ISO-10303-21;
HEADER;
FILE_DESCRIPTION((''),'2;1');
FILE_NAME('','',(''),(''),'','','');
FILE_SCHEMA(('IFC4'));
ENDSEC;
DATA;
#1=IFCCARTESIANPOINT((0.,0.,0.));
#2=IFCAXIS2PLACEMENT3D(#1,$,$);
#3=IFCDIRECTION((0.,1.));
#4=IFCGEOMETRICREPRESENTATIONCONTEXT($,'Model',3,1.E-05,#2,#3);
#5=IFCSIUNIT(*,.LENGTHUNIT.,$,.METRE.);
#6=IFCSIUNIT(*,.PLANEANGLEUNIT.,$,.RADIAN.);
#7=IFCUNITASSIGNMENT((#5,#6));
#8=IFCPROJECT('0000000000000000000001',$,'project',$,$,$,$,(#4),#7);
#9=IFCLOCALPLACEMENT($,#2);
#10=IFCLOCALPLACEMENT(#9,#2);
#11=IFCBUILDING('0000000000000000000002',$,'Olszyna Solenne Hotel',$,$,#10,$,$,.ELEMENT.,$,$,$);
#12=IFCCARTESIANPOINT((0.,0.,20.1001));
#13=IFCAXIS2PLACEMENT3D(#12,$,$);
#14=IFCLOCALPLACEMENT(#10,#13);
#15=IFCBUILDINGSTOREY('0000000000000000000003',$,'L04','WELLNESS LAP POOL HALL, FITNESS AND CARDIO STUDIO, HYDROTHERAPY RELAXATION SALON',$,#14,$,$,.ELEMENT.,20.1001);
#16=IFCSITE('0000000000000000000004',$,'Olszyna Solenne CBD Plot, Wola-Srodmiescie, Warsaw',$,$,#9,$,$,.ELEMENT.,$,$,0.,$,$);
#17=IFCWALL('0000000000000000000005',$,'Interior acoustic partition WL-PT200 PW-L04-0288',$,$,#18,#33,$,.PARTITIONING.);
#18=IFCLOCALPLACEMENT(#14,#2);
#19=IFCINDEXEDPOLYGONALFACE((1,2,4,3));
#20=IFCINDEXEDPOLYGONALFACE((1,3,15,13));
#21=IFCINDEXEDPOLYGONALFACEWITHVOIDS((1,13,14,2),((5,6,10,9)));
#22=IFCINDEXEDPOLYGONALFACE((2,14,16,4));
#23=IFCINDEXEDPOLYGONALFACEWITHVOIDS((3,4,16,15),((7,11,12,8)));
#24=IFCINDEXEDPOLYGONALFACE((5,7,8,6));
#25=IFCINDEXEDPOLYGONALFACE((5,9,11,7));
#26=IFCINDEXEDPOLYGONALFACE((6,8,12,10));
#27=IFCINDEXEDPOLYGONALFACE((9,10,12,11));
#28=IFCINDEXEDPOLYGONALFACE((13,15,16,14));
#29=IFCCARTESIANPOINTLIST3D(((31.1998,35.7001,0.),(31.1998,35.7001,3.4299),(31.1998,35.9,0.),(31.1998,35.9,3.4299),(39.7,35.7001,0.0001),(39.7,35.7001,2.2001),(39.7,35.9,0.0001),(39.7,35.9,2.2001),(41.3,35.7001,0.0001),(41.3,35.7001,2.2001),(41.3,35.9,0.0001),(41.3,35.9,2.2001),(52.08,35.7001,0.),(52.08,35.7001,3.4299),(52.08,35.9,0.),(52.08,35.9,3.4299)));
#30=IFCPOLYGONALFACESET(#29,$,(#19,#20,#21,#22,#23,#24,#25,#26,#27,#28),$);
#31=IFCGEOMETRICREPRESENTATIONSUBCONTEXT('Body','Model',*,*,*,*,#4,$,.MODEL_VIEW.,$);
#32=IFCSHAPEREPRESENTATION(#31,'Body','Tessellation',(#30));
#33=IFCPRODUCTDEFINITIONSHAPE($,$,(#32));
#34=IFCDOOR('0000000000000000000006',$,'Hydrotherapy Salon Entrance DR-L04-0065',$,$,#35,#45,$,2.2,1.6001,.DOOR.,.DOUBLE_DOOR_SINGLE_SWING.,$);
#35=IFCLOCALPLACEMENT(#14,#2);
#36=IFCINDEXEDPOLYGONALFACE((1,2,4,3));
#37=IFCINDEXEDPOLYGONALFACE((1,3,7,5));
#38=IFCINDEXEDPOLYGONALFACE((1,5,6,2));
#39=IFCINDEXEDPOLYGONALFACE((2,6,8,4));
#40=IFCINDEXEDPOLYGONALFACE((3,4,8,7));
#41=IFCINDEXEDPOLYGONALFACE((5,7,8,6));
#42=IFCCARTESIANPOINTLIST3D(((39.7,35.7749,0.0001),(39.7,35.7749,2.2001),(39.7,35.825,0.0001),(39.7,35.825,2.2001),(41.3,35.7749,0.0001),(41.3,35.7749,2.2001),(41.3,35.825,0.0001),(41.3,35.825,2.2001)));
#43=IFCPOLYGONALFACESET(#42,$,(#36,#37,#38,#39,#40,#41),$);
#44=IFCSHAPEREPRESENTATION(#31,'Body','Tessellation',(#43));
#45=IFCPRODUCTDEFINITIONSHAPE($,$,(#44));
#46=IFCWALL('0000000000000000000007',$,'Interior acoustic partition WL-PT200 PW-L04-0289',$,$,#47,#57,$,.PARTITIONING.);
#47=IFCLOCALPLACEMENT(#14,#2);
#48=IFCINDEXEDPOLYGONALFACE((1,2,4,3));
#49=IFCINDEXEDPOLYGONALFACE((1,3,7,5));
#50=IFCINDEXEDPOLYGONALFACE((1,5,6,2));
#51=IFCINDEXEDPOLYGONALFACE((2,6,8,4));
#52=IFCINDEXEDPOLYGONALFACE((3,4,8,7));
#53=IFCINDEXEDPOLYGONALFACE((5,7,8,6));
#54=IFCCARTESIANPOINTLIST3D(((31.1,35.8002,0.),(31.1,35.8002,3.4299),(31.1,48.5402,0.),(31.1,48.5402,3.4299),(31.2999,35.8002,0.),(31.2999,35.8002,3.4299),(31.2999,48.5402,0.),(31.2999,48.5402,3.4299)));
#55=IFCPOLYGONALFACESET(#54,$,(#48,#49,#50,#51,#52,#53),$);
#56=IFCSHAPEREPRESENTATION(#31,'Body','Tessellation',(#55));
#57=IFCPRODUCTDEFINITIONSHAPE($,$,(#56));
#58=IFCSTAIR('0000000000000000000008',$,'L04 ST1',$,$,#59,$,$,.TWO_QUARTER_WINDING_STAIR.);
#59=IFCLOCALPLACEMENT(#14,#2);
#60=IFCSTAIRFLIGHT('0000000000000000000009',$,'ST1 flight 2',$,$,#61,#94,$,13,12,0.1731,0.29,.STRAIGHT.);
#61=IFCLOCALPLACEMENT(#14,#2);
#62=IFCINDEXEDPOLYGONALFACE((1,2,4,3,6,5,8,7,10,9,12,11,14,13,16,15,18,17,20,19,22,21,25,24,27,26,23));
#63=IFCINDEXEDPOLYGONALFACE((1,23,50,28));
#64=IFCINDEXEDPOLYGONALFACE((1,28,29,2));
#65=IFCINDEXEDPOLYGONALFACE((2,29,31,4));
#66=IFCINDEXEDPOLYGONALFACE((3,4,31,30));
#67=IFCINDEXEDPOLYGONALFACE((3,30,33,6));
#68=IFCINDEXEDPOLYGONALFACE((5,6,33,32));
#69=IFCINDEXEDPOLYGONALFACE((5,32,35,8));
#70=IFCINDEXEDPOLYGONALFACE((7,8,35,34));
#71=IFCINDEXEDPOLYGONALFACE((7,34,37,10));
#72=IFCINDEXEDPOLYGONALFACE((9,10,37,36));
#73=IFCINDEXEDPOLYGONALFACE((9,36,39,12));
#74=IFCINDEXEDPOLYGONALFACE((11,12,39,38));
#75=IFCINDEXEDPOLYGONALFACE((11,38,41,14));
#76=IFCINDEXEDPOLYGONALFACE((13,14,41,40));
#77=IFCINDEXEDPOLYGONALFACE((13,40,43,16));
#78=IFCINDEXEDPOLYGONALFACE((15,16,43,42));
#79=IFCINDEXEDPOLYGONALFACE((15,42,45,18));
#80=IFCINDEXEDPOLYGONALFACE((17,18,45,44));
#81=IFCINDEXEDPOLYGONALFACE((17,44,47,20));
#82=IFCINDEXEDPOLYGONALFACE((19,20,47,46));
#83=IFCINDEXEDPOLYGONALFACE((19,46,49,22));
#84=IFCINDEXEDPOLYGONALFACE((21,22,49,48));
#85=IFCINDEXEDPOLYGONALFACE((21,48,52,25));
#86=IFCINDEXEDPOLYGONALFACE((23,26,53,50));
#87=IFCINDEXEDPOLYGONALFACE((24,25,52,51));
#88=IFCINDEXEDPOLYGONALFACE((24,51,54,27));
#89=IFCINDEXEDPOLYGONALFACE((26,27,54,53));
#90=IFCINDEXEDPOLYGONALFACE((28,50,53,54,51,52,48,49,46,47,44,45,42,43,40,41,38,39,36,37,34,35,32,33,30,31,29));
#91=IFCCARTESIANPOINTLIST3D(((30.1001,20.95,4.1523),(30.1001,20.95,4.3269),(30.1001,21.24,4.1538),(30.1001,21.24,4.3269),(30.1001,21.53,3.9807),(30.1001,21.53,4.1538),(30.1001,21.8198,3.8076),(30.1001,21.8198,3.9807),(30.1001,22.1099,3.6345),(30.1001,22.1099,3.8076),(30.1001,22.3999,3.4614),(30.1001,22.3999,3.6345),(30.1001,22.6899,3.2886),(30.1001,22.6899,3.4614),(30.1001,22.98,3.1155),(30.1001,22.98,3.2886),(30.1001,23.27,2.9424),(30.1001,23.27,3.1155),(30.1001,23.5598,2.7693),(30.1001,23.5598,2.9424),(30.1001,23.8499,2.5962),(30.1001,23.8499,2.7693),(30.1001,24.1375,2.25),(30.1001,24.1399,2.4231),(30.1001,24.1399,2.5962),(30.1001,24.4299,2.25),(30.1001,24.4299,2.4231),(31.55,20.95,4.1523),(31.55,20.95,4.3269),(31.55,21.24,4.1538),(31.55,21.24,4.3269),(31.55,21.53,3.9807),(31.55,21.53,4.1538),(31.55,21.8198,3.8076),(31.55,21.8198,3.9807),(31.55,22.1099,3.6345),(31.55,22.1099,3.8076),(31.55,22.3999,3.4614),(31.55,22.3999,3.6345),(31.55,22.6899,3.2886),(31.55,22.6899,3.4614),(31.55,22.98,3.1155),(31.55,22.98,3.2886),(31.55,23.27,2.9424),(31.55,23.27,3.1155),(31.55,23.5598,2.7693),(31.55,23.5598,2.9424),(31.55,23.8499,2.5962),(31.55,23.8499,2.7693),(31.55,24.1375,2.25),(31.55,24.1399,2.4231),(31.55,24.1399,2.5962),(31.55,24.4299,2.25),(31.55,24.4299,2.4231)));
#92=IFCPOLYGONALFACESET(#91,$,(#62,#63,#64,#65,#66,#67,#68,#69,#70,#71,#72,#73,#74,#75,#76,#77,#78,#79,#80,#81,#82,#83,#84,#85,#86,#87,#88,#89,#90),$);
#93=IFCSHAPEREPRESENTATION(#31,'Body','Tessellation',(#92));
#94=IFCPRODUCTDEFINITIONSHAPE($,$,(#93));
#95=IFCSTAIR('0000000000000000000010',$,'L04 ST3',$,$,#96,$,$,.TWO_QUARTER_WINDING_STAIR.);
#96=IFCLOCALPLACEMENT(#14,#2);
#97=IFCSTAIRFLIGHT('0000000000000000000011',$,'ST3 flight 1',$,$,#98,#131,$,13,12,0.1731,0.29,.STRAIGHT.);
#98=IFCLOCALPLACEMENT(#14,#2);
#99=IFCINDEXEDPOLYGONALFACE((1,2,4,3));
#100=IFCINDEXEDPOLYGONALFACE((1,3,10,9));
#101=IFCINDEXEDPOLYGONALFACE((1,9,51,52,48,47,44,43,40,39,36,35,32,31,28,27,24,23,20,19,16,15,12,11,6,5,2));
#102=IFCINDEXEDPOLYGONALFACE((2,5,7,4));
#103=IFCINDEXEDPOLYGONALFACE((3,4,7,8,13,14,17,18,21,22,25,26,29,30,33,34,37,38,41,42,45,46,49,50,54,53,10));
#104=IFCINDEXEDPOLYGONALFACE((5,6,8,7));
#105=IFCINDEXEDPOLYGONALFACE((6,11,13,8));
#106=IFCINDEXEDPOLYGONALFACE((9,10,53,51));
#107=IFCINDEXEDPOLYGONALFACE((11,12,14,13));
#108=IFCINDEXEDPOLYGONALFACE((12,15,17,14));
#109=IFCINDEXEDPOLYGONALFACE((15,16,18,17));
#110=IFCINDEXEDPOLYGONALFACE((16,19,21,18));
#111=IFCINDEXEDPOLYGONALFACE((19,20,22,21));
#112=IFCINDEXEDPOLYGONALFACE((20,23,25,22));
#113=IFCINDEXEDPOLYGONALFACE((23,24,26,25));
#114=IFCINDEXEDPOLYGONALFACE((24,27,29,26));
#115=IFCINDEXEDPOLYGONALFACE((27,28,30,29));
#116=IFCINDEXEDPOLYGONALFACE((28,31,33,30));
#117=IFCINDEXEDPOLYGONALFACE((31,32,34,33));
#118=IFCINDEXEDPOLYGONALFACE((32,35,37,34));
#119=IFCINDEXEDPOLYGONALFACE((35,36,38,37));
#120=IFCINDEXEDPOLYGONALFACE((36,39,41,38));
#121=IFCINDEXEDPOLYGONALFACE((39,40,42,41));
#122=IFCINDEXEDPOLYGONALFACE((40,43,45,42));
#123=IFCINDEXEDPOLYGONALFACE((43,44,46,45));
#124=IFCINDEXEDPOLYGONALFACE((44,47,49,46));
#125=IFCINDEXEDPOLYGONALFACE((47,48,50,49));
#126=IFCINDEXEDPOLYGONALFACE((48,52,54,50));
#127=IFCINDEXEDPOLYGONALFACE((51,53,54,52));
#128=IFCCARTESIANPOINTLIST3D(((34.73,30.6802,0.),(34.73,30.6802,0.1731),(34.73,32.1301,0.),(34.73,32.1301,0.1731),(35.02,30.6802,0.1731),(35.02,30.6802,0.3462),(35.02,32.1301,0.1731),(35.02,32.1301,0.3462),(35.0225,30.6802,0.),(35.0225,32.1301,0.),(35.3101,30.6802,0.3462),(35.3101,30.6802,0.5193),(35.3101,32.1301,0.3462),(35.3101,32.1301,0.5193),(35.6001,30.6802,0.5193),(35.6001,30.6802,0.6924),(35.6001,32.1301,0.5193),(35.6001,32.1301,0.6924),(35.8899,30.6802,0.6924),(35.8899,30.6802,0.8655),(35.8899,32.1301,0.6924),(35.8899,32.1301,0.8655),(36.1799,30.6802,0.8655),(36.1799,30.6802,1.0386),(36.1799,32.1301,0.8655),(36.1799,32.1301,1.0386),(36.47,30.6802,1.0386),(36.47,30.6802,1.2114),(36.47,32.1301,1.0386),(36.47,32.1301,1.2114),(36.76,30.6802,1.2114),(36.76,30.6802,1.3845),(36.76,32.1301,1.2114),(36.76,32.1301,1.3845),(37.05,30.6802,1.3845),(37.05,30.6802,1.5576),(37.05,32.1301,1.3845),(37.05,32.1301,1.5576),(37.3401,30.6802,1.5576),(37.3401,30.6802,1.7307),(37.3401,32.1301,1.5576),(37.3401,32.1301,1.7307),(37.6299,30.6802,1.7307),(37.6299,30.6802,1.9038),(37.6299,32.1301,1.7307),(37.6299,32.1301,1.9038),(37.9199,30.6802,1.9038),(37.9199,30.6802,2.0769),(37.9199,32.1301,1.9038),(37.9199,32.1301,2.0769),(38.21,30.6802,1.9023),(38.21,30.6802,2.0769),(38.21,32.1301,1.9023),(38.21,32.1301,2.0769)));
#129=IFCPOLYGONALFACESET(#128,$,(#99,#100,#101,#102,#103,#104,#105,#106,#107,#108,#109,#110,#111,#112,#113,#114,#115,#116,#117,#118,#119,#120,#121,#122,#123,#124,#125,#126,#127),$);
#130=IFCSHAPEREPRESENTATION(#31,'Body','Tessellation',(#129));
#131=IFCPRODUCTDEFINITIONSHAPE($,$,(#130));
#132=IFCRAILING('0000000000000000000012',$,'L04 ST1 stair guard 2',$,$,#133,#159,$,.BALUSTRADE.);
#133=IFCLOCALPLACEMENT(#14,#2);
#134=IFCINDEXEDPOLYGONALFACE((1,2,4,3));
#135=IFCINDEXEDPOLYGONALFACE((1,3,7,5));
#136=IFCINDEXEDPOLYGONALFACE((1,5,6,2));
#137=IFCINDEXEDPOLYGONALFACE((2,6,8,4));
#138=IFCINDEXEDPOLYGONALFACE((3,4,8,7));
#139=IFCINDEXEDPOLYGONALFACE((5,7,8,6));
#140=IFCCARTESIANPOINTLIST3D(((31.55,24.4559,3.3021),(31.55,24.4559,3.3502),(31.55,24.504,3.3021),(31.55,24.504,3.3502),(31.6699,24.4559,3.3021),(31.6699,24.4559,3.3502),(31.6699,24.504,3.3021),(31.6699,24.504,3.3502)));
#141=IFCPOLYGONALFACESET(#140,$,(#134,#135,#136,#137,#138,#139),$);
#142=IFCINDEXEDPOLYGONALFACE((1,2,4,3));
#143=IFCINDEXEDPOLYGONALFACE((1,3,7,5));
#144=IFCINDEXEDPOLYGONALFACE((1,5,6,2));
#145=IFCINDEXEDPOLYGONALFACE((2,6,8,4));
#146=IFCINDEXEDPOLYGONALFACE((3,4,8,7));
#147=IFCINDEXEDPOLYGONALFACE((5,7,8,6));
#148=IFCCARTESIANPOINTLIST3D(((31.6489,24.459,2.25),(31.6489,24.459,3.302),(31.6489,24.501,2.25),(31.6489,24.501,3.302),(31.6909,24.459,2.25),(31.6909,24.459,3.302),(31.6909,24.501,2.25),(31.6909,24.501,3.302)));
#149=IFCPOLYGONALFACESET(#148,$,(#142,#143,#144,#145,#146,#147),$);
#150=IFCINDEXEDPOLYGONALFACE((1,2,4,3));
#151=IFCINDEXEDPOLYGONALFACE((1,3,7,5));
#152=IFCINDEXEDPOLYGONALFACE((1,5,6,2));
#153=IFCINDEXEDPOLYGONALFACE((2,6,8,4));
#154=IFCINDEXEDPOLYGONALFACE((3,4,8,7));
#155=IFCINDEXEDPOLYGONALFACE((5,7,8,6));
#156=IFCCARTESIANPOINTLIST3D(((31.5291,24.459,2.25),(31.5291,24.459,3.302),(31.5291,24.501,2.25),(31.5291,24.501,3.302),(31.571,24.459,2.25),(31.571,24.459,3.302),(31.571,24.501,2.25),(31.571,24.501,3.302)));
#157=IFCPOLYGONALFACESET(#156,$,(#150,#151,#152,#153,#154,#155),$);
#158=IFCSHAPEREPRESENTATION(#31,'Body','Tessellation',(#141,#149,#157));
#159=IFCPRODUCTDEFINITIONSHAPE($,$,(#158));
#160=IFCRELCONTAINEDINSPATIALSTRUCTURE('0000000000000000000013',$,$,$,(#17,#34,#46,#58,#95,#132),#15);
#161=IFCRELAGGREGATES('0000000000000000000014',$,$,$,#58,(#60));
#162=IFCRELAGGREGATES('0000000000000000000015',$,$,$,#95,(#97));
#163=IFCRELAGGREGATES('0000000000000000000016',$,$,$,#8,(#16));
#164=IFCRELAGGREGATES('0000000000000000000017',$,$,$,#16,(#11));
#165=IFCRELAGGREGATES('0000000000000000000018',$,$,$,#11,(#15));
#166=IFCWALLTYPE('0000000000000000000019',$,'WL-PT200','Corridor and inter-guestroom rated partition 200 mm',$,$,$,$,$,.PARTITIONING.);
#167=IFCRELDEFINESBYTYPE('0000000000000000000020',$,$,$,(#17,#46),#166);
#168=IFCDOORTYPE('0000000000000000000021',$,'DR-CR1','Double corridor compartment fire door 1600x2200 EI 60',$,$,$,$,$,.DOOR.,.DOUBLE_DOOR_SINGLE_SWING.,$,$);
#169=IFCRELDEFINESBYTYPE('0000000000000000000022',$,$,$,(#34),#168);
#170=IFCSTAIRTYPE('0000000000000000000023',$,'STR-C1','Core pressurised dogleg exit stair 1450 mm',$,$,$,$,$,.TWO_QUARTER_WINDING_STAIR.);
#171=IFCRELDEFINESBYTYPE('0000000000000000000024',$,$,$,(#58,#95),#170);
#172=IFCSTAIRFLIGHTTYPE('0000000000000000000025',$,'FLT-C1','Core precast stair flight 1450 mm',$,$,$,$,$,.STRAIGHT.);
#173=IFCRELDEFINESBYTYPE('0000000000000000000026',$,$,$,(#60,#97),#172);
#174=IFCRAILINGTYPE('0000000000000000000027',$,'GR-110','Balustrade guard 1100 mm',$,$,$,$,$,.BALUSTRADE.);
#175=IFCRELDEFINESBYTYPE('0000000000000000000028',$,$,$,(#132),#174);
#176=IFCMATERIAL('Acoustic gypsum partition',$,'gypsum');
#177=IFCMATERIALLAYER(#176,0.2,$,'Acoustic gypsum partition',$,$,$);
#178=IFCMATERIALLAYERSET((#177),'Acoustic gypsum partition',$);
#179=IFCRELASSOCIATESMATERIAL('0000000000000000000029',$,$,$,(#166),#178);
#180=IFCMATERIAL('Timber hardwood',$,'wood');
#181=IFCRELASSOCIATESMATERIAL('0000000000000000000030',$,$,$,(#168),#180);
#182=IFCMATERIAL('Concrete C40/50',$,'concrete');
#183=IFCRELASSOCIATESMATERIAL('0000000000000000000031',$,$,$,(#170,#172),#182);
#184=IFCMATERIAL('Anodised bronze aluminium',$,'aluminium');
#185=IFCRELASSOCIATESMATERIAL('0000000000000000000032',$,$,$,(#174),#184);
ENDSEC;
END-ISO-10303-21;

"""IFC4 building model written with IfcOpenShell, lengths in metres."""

from ifc_helpers import new_model, si_unit, direction, frame, frame_2d, origin, origin_2d, place, context, subcontext, project, spatial, polyline, rectangle, outline, extrude, source, transform, mapped, material, layer, layer_set, type_object, type_shapes, element, fill, aggregate, save


model = new_model("IFC4")

# Units and contexts
model_context = context("Model", 3, precision=1e-05, world=origin(), true_north=direction((0.0, 1.0)))
body_context = subcontext(model_context, "Body", "Model", "MODEL_VIEW")
ifc_project = project(units=[si_unit("LENGTHUNIT", "METRE"), si_unit("PLANEANGLEUNIT", "RADIAN")], contexts=[model_context])

# Site, building, storey
site_placement = place(None, origin())
site = spatial("IfcSite", under=ifc_project, at=site_placement, Name="Olszyna Solenne CBD Plot, Wola-Srodmiescie, Warsaw", CompositionType="ELEMENT", RefElevation=0.0)
building_placement = place(site_placement, origin())
building = spatial("IfcBuilding", under=site, at=building_placement, Name="Olszyna Solenne Hotel", CompositionType="ELEMENT")
storey_placement = place(building_placement, frame((0.0, 0.0, 20.1001)))
storey = spatial("IfcBuildingStorey", under=building, at=storey_placement, Name="L04", Description="WELLNESS LAP POOL HALL, FITNESS AND CARDIO STUDIO, HYDROTHERAPY RELAXATION SALON", CompositionType="ELEMENT", Elevation=20.1001)

# Shared definitions
ifc_material_1 = material(Name="Anodised bronze aluminium", Category="aluminium")

# Shared definitions
ifc_material_2 = material(Name="Acoustic gypsum partition", Category="gypsum")

# Wall, opening, door
ifc_layer_1 = layer(ifc_material_2, 0.2, Name="Acoustic gypsum partition")
ifc_layer_set_1 = layer_set([ifc_layer_1], Name="Acoustic gypsum partition")
wall_type_1 = type_object("IfcWallType", Name="WL-PT200", Description="Corridor and inter-guestroom rated partition 200 mm", PredefinedType="PARTITIONING", material=ifc_layer_set_1)
wall_1_placement = place(storey_placement, frame((31.2, 35.8, 0.0), z_axis=(0.0, 0.0, 1.0), x_axis=(1.0, 0.0, 0.0)))
wall_1 = element("IfcWall", 1, at=wall_1_placement, inside=storey, type_object=wall_type_1, Name="Interior acoustic partition WL-PT200 PW-L04-0288", PredefinedType="PARTITIONING", context=body_context, shape_type="SweptSolid", body=[
    extrude(rectangle(XDim=20.8801, YDim=0.2, at=frame_2d((10.4399, 0.0))), origin(), (0.0, 0.0, 1.0), 3.4299),
])
opening_1_placement = place(wall_1_placement, frame((8.5, 0.0, 0.0)))
opening_1 = element("IfcOpeningElement", 2, at=opening_1_placement, cuts=wall_1, PredefinedType="OPENING", context=body_context, shape_type="SweptSolid", body=[
    extrude(rectangle(XDim=1.6001, YDim=2.2, at=frame_2d((0.8, 1.1001))), frame((0.0, 0.1099, 0.0), z_axis=(0.0, -1.0, 0.0), x_axis=(1.0, 0.0, 0.0)), (0.0, 0.0, 1.0), 0.22),
])
ifc_material_3 = material(Name="Timber hardwood", Category="wood")
door_type_1 = type_object("IfcDoorType", Name="DR-CR1", Description="Double corridor compartment fire door 1600x2200 EI 60", OperationType="DOUBLE_DOOR_SINGLE_SWING", PredefinedType="DOOR", material=ifc_material_3)
shared_shape_1 = source(origin(), body_context, "Body", "SweptSolid", [
    extrude(rectangle(XDim=1.6001, YDim=2.2, at=frame_2d((0.8, 1.1001))), frame((0.0, 0.0249, 0.0), z_axis=(0.0, -1.0, 0.0), x_axis=(1.0, 0.0, 0.0)), (0.0, 0.0, 1.0), 0.05),
])
type_shapes(door_type_1, [shared_shape_1])
door_1_placement = place(opening_1_placement, origin())
door_1 = element("IfcDoor", 3, at=door_1_placement, inside=storey, type_object=door_type_1, Name="Hydrotherapy Salon Entrance DR-L04-0065", OperationType="DOUBLE_DOOR_SINGLE_SWING", OverallHeight=2.2, OverallWidth=1.6001, PredefinedType="DOOR", context=body_context, shape_type="MappedRepresentation", body=[
    mapped(shared_shape_1, transform((0.0, 0.0, 0.0), x_axis=(1.0, 0.0, 0.0), y_axis=(0.0, 1.0, 0.0), z_axis=(0.0, 0.0, 1.0), scale=1.0)),
])
fill(opening_1, door_1)

# Wall
wall_2_placement = place(storey_placement, frame((31.2, 35.8, 0.0), z_axis=(0.0, 0.0, 1.0), x_axis=(0.0, 1.0, 0.0)))
element("IfcWall", 4, at=wall_2_placement, inside=storey, type_object=wall_type_1, Name="Interior acoustic partition WL-PT200 PW-L04-0289", PredefinedType="PARTITIONING", context=body_context, shape_type="SweptSolid", body=[
    extrude(rectangle(XDim=12.74, YDim=0.2, at=frame_2d((6.3701, 0.0))), origin(), (0.0, 0.0, 1.0), 3.4299),
])

# Stairs, stair flights
ifc_material_4 = material(Name="Concrete C40/50", Category="concrete")
stair_type = type_object("IfcStairType", Name="STR-C1", Description="Core pressurised dogleg exit stair 1450 mm", PredefinedType="TWO_QUARTER_WINDING_STAIR", material=ifc_material_4)
stair_1_placement = place(storey_placement, origin())
stair_1 = element("IfcStair", 5, at=stair_1_placement, inside=storey, type_object=stair_type, Name="L04 ST1", PredefinedType="TWO_QUARTER_WINDING_STAIR")
stair_flight_type = type_object("IfcStairFlightType", Name="FLT-C1", Description="Core precast stair flight 1450 mm", PredefinedType="STRAIGHT", material=ifc_material_4)
stair_flight_1_placement = place(storey_placement, frame((30.825, 24.4299, 2.25), z_axis=(0.0, 0.0, 1.0), x_axis=(0.0, -1.0, 0.0)))
stair_flight_1 = element("IfcStairFlight", 6, at=stair_flight_1_placement, type_object=stair_flight_type, Name="ST1 flight 2", NumberOfRisers=13, NumberOfTreads=12, PredefinedType="STRAIGHT", RiserHeight=0.1731, TreadLength=0.29, context=body_context, shape_type="SweptSolid", body=[
    extrude(outline(polyline([(0.0, 0.0), (0.0, 0.1731), (0.29, 0.1731), (0.29, 0.3462), (0.5801, 0.3462), (0.5801, 0.5193), (0.8701, 0.5193), (0.8701, 0.6924), (1.1599, 0.6924), (1.1599, 0.8655), (1.45, 0.8655), (1.45, 1.0386), (1.74, 1.0386), (1.74, 1.2114), (2.03, 1.2114), (2.03, 1.3845), (2.3201, 1.3845), (2.3201, 1.5576), (2.6101, 1.5576), (2.6101, 1.7307), (2.8999, 1.7307), (2.8999, 1.9038), (3.1899, 1.9038), (3.1899, 2.0769), (3.48, 2.0769), (3.48, 2.25), (3.48, 1.9023), (0.2925, 0.0), (0.0, 0.0)])), frame((0.0, 0.7251, 0.0), z_axis=(0.0, -1.0, 0.0), x_axis=(1.0, 0.0, 0.0)), (0.0, 0.0, 1.0), 1.45),
])
aggregate(stair_1, [stair_flight_1])
stair_2_placement = place(storey_placement, origin())
stair_2 = element("IfcStair", 7, at=stair_2_placement, inside=storey, type_object=stair_type, Name="L04 ST3", PredefinedType="TWO_QUARTER_WINDING_STAIR")
stair_flight_2_placement = place(storey_placement, frame((34.73, 31.405, 0.0), z_axis=(0.0, 0.0, 1.0), x_axis=(1.0, 0.0, 0.0)))
stair_flight_2 = element("IfcStairFlight", 8, at=stair_flight_2_placement, type_object=stair_flight_type, Name="ST3 flight 1", NumberOfRisers=13, NumberOfTreads=12, PredefinedType="STRAIGHT", RiserHeight=0.1731, TreadLength=0.29, context=body_context, shape_type="SweptSolid", body=[
    extrude(outline(polyline([(0.0, 0.0), (0.0, 0.1731), (0.29, 0.1731), (0.29, 0.3462), (0.5801, 0.3462), (0.5801, 0.5193), (0.8701, 0.5193), (0.8701, 0.6924), (1.1599, 0.6924), (1.1599, 0.8655), (1.45, 0.8655), (1.45, 1.0386), (1.74, 1.0386), (1.74, 1.2114), (2.03, 1.2114), (2.03, 1.3845), (2.3201, 1.3845), (2.3201, 1.5576), (2.6101, 1.5576), (2.6101, 1.7307), (2.8999, 1.7307), (2.8999, 1.9038), (3.1899, 1.9038), (3.1899, 2.0769), (3.48, 2.0769), (3.48, 2.25), (3.48, 1.9023), (0.2925, 0.0), (0.0, 0.0)])), frame((0.0, 0.7251, 0.0), z_axis=(0.0, -1.0, 0.0), x_axis=(1.0, 0.0, 0.0)), (0.0, 0.0, 1.0), 1.45),
])
aggregate(stair_2, [stair_flight_2])

# Railing
railing_type_1 = type_object("IfcRailingType", Name="GR-110", Description="Balustrade guard 1100 mm", PredefinedType="BALUSTRADE", material=ifc_material_1)
railing_1_placement = place(storey_placement, frame((31.6699, 24.48, 2.25)))
element("IfcRailing", 9, at=railing_1_placement, inside=storey, type_object=railing_type_1, Name="L04 ST1 stair guard 2", PredefinedType="BALUSTRADE", context=body_context, shape_type="SweptSolid", body=[
    extrude(rectangle(XDim=0.0481, YDim=0.0481, at=origin_2d()), frame((0.0, 0.0, 1.0762), z_axis=(-1.0, 0.0, 0.0), x_axis=(0.0, -1.0, 0.0)), (0.0, 0.0, 1.0), 0.1199),
    extrude(rectangle(XDim=0.042, YDim=0.042, at=origin_2d()), origin(), (0.0, 0.0, 1.0), 1.052),
    extrude(rectangle(XDim=0.042, YDim=0.042, at=origin_2d()), frame((-0.1199, 0.0, 0.0)), (0.0, 0.0, 1.0), 1.052),
])

save(model, "model.ifc")
